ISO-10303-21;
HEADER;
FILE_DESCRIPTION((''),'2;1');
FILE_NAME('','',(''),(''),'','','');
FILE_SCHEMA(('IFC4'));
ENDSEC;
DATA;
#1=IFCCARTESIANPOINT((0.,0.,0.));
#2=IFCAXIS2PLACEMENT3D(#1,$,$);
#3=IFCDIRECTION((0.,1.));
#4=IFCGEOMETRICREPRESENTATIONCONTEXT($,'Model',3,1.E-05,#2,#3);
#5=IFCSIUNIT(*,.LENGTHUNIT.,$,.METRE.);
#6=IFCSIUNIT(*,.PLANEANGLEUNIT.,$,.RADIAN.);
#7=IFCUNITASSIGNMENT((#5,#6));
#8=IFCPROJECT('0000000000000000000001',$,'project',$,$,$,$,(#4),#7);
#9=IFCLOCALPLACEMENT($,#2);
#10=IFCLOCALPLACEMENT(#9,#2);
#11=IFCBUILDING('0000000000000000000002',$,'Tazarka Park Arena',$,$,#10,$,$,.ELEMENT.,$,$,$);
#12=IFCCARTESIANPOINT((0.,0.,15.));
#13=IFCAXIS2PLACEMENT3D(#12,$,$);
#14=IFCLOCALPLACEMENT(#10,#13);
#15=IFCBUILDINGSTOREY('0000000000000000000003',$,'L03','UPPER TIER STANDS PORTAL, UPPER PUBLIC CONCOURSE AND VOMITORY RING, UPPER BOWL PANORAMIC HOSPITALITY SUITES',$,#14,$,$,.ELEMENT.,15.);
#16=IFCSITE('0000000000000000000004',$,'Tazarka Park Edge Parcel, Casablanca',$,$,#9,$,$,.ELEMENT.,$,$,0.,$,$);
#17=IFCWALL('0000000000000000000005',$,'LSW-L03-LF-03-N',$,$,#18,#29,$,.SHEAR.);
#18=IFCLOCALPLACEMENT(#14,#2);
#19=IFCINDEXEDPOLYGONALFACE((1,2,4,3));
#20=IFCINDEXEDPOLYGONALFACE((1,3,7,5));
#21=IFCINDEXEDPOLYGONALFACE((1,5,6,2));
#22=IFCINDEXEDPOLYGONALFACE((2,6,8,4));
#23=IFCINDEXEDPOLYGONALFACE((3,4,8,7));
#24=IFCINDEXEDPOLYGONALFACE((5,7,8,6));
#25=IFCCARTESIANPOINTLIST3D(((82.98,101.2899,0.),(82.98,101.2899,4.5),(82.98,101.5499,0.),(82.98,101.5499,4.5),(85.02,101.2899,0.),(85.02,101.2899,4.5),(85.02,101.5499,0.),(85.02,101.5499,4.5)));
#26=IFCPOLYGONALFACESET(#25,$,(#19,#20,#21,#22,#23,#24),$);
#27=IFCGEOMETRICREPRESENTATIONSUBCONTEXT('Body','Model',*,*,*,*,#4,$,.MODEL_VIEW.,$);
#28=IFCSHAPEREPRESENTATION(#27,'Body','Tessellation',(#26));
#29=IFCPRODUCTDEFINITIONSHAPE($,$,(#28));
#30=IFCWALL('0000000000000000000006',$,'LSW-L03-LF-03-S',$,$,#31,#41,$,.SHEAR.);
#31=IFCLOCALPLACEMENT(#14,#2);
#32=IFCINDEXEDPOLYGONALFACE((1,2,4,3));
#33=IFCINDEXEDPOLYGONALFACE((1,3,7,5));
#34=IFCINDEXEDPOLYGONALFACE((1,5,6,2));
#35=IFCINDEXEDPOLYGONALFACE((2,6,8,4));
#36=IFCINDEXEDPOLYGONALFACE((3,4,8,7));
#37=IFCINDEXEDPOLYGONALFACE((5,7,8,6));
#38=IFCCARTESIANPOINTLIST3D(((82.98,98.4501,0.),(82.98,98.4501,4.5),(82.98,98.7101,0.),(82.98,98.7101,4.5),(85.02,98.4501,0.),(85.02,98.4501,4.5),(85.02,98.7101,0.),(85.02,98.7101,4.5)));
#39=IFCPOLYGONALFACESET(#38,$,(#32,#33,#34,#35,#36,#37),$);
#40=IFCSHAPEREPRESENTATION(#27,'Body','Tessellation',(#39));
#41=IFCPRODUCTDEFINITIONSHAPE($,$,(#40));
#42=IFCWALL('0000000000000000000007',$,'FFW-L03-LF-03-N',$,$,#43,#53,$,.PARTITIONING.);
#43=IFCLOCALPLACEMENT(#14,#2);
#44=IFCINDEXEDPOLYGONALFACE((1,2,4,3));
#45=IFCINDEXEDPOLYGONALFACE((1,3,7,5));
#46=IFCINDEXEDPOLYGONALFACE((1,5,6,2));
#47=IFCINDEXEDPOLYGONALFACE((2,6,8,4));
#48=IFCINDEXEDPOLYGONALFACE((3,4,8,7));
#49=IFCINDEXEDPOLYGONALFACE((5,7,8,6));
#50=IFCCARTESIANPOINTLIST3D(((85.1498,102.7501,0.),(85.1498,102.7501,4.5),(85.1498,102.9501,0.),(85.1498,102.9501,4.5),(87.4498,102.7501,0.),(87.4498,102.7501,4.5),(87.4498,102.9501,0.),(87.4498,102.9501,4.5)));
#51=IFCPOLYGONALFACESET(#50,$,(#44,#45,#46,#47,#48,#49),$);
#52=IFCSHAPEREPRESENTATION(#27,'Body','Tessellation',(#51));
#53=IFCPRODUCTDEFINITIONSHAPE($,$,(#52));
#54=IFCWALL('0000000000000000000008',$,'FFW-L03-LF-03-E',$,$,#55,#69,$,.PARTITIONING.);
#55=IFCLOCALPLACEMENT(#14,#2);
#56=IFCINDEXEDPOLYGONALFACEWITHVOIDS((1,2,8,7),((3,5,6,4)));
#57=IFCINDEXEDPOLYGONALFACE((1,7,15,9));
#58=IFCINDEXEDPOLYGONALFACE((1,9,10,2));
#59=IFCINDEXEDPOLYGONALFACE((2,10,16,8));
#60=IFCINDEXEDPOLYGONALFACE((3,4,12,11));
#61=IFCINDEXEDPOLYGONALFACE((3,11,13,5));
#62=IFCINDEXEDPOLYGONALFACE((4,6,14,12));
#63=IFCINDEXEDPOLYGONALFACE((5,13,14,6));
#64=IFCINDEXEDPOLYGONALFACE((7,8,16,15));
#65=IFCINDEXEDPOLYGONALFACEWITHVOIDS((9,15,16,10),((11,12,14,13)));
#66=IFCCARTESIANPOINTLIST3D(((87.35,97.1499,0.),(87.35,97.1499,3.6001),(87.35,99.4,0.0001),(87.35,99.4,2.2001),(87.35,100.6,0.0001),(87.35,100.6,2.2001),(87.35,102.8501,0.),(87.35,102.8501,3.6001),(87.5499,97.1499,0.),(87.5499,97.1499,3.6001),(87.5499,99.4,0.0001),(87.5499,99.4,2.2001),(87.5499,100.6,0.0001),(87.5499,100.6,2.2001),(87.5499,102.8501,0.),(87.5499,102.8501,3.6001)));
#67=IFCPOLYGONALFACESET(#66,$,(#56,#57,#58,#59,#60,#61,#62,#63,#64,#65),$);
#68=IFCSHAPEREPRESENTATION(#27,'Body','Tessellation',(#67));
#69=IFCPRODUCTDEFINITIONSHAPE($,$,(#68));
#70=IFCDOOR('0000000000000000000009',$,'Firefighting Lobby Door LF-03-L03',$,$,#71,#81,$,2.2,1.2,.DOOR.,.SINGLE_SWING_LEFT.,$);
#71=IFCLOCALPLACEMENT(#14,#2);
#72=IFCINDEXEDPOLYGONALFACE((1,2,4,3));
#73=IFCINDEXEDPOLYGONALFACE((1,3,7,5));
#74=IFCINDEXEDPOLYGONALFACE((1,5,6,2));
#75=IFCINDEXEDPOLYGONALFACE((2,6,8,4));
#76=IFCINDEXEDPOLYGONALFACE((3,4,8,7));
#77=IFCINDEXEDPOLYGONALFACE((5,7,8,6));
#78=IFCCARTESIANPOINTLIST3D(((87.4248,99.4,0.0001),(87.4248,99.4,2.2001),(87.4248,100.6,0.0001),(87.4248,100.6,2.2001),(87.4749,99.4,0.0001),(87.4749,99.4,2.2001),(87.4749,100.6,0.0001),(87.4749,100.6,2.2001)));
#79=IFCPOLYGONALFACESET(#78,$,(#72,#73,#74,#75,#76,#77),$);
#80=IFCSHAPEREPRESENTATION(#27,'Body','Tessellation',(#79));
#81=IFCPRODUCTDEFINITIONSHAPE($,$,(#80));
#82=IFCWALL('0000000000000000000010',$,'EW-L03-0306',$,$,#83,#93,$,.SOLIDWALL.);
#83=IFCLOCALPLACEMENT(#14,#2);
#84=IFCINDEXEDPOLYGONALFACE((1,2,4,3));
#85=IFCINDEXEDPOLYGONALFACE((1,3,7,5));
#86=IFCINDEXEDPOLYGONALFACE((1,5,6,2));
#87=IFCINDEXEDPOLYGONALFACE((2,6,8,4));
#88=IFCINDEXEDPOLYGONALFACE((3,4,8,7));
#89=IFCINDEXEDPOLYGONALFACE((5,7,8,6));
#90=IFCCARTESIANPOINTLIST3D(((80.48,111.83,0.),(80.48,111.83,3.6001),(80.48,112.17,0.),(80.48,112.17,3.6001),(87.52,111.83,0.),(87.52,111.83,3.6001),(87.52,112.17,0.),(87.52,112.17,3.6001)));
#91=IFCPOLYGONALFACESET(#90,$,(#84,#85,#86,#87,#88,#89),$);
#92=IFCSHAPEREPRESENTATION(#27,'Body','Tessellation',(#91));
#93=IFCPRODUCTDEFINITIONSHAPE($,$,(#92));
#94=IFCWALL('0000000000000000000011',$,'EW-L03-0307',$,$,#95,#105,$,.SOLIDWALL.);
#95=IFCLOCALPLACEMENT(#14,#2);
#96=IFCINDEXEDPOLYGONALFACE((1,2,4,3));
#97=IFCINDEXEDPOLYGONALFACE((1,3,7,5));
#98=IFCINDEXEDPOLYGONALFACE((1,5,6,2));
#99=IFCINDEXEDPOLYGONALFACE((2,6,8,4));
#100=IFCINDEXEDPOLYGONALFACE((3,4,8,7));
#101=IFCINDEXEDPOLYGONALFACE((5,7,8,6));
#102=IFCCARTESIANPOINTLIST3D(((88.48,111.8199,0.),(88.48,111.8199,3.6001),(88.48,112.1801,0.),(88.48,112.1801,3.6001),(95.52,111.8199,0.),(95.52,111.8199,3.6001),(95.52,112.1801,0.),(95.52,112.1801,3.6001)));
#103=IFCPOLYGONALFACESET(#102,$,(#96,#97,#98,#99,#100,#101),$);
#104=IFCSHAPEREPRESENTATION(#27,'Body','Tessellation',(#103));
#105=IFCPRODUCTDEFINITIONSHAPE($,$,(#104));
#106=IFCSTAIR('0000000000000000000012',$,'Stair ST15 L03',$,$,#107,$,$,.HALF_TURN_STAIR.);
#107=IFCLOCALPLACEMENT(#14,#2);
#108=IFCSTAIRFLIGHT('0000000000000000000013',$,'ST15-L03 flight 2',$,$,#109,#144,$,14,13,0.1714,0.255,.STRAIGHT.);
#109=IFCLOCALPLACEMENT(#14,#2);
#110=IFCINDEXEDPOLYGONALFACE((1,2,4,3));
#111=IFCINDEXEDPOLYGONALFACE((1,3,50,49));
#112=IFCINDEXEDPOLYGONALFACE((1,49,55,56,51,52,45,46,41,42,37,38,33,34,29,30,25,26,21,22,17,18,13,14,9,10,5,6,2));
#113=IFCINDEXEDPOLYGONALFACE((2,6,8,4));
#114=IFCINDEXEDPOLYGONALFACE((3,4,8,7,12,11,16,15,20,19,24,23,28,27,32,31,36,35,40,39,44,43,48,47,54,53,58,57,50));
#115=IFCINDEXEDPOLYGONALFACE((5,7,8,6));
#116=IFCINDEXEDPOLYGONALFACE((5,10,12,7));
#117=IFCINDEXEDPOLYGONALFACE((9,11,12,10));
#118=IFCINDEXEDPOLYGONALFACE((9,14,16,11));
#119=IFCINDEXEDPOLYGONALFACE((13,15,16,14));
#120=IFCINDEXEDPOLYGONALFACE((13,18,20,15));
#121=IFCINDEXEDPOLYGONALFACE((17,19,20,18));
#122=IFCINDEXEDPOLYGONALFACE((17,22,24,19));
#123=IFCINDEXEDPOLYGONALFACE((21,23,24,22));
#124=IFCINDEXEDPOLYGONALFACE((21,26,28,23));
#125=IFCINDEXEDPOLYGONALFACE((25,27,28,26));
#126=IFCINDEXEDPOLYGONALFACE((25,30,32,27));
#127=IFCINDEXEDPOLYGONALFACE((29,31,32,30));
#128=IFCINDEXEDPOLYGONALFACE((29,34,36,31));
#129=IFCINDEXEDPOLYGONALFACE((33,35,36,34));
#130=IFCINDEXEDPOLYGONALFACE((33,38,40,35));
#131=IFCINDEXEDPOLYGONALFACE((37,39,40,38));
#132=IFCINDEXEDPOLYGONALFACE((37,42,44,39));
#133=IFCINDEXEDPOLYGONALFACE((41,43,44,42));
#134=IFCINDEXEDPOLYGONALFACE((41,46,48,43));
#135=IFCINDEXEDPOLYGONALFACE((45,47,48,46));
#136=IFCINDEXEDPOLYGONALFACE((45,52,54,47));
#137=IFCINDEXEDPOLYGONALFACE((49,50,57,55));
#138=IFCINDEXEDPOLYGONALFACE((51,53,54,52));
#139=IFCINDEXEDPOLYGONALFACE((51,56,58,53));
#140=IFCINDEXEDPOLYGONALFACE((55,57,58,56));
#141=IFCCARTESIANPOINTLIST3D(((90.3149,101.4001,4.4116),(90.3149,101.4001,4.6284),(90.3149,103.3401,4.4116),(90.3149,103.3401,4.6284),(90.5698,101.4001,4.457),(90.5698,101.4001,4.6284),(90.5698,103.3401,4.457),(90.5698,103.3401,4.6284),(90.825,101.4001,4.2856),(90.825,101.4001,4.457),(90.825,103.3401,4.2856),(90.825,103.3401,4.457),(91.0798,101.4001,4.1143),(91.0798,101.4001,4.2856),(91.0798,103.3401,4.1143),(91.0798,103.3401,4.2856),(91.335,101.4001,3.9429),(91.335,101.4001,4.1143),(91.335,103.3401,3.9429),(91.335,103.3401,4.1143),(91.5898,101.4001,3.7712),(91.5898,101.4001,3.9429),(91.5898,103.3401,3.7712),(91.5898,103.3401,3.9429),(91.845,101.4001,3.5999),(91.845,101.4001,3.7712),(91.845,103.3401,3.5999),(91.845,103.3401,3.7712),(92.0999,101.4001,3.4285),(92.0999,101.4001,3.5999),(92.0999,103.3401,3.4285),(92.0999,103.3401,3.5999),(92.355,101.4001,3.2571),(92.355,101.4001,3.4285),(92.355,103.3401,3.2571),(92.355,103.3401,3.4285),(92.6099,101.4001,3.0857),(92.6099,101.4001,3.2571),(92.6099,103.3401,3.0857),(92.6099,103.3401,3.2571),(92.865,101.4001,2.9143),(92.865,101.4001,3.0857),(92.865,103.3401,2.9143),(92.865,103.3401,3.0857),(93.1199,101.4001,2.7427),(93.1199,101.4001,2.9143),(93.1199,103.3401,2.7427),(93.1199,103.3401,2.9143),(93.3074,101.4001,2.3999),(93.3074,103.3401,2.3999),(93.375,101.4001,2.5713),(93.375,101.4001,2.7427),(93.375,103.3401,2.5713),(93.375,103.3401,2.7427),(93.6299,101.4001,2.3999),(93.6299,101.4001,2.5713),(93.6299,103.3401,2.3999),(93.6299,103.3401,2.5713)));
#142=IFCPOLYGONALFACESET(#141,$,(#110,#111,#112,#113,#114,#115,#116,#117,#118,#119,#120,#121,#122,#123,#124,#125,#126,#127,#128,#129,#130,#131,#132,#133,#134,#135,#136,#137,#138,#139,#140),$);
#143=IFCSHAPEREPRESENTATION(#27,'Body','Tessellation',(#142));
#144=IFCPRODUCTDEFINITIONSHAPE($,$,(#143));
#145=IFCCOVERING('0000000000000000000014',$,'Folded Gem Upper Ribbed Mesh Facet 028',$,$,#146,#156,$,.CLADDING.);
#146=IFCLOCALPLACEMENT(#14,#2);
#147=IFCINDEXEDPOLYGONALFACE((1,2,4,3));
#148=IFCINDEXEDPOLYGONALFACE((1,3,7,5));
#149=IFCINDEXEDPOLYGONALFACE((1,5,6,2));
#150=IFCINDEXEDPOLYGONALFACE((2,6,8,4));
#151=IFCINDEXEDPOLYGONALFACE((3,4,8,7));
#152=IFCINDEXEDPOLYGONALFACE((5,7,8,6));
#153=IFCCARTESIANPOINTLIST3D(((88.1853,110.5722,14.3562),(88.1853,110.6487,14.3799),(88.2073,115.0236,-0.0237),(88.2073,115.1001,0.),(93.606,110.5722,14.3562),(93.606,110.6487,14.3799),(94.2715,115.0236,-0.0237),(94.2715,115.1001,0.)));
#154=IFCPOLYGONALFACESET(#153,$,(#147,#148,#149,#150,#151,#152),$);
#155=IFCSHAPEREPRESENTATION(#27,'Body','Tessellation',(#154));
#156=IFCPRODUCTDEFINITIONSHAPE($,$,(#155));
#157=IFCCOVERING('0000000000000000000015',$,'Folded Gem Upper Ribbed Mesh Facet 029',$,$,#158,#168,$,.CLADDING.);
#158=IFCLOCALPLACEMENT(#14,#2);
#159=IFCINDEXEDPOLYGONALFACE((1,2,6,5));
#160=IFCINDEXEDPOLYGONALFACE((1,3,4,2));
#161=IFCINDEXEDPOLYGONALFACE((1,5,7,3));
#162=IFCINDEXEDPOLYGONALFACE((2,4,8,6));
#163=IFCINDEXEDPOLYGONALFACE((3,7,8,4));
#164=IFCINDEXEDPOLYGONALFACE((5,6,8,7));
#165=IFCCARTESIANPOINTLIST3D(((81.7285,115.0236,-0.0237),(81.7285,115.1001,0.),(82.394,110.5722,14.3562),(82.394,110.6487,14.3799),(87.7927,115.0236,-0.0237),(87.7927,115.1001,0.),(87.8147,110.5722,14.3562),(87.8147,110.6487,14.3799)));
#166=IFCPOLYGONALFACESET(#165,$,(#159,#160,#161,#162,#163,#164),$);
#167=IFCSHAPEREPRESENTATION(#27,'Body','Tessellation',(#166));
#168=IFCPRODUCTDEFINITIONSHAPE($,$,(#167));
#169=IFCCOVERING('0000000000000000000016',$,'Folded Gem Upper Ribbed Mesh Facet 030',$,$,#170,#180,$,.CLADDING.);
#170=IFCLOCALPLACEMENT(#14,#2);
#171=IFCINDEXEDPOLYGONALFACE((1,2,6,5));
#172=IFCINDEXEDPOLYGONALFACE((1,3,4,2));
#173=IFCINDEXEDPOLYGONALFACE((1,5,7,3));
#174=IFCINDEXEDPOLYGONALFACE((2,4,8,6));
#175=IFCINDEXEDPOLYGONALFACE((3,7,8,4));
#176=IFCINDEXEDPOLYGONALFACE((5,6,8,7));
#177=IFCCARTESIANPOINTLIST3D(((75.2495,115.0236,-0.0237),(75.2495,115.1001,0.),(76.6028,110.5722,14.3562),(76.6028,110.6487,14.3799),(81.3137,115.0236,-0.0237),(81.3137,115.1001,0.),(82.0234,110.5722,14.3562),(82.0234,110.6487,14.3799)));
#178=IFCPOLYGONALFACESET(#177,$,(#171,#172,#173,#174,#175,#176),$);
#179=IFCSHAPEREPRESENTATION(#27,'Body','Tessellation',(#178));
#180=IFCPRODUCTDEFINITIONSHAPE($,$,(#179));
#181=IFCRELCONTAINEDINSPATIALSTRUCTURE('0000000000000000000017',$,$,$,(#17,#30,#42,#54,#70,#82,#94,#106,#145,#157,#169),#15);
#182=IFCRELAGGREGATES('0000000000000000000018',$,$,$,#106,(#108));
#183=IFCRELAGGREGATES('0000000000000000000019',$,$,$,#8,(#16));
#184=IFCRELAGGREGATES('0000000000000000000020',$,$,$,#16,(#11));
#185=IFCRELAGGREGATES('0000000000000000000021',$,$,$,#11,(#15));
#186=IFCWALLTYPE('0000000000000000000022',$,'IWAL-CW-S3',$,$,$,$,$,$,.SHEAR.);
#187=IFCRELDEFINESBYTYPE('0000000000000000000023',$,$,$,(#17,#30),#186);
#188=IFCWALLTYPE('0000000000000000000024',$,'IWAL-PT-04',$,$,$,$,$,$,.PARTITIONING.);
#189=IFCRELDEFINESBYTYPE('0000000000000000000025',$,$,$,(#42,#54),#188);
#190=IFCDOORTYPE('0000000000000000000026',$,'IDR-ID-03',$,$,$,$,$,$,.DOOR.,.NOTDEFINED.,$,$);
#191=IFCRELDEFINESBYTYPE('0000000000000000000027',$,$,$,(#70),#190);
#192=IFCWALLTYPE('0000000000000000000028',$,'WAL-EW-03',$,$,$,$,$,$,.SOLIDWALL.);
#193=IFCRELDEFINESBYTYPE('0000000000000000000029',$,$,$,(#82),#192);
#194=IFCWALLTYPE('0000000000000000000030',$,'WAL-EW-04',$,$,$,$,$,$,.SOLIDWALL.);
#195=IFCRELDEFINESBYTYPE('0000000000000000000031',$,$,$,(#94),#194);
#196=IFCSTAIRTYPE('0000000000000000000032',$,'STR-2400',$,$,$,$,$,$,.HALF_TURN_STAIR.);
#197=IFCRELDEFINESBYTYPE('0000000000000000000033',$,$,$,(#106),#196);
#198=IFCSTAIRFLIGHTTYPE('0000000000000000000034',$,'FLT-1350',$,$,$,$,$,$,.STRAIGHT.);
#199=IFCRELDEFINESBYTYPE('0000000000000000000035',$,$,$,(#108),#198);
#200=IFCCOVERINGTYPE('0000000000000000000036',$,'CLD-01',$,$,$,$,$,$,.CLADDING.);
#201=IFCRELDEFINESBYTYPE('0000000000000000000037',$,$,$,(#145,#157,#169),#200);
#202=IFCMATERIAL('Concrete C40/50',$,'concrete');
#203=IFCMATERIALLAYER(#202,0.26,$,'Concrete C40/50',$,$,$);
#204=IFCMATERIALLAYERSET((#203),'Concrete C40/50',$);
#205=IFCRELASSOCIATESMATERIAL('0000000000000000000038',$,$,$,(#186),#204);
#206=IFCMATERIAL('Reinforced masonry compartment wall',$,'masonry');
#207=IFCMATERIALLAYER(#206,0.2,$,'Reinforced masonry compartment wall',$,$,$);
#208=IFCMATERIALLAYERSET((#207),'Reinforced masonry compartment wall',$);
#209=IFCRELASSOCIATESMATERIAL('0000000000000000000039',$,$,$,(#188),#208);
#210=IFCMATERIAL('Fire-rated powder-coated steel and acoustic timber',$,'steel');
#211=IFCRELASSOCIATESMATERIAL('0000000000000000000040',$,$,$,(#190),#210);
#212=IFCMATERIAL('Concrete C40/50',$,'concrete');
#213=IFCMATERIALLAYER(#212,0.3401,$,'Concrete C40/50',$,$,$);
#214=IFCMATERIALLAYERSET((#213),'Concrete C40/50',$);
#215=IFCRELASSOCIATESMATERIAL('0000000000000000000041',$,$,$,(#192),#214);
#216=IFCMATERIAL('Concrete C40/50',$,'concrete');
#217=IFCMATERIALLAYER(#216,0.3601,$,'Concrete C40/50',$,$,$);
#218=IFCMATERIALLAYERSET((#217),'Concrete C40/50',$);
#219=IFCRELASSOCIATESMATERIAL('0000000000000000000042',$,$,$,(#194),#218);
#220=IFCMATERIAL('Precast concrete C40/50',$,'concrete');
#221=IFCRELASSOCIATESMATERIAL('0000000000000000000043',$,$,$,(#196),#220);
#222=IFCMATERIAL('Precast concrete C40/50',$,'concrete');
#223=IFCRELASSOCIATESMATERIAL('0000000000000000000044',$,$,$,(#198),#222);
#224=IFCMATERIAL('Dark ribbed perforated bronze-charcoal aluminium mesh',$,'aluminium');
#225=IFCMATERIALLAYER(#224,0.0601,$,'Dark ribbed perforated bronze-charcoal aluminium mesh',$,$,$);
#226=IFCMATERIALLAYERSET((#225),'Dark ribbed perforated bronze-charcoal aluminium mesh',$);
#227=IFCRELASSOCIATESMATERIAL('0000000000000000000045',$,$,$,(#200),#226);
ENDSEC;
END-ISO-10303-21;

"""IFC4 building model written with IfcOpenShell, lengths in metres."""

from ifc_helpers import new_model, si_unit, direction, frame, frame_2d, origin, place, context, subcontext, project, spatial, polyline, rectangle, outline, extrude, material, layer, layer_set, type_object, element, fill, aggregate, save


model = new_model("IFC4")

# Units and contexts
model_context = context("Model", 3, precision=1e-05, world=origin(), true_north=direction((0.0, 1.0)))
body_context = subcontext(model_context, "Body", "Model", "MODEL_VIEW")
ifc_project = project(units=[si_unit("LENGTHUNIT", "METRE"), si_unit("PLANEANGLEUNIT", "RADIAN")], contexts=[model_context])

# Site, building, storey
site_placement = place(None, origin())
site = spatial("IfcSite", under=ifc_project, at=site_placement, Name="Tazarka Park Edge Parcel, Casablanca", CompositionType="ELEMENT", RefElevation=0.0)
building_placement = place(site_placement, origin())
building = spatial("IfcBuilding", under=site, at=building_placement, Name="Tazarka Park Arena", CompositionType="ELEMENT")
storey_placement = place(building_placement, frame((0.0, 0.0, 15.0)))
storey = spatial("IfcBuildingStorey", under=building, at=storey_placement, Name="L03", Description="UPPER TIER STANDS PORTAL, UPPER PUBLIC CONCOURSE AND VOMITORY RING, UPPER BOWL PANORAMIC HOSPITALITY SUITES", CompositionType="ELEMENT", Elevation=15.0)

# Walls
ifc_material_1 = material(Name="Concrete C40/50", Category="concrete")
ifc_layer_1 = layer(ifc_material_1, 0.26, Name="Concrete C40/50")
ifc_layer_set_1 = layer_set([ifc_layer_1], Name="Concrete C40/50")
wall_type_1 = type_object("IfcWallType", Name="IWAL-CW-S3", PredefinedType="SHEAR", material=ifc_layer_set_1)
for number, where, z_axis, x_axis, name in (
    (1, (82.98, 101.4199, 0.0), (0.0, 0.0, 1.0), (1.0, 0.0, 0.0), "LSW-L03-LF-03-N"),
    (2, (85.02, 98.5801, 0.0), (0.0, 0.0, 1.0), (-1.0, 0.0, 0.0), "LSW-L03-LF-03-S"),
):
    element("IfcWall", number, at=place(storey_placement, frame(where, z_axis=z_axis, x_axis=x_axis)), inside=storey, type_object=wall_type_1, Name=name, PredefinedType="SHEAR", context=body_context, shape_type="SweptSolid", body=[
        extrude(rectangle(XDim=2.04, YDim=0.26, at=frame_2d((1.02, 0.0))), origin(), (0.0, 0.0, 1.0), 4.5),
    ])

# Wall
ifc_material_2 = material(Name="Reinforced masonry compartment wall", Category="masonry")
ifc_layer_2 = layer(ifc_material_2, 0.2, Name="Reinforced masonry compartment wall")
ifc_layer_set_2 = layer_set([ifc_layer_2], Name="Reinforced masonry compartment wall")
wall_type_2 = type_object("IfcWallType", Name="IWAL-PT-04", PredefinedType="PARTITIONING", material=ifc_layer_set_2)
wall_1_placement = place(storey_placement, frame((85.1499, 102.8501, 0.0), z_axis=(0.0, 0.0, 1.0), x_axis=(1.0, 0.0, 0.0)))
element("IfcWall", 3, at=wall_1_placement, inside=storey, type_object=wall_type_2, Name="FFW-L03-LF-03-N", PredefinedType="PARTITIONING", context=body_context, shape_type="SweptSolid", body=[
    extrude(rectangle(XDim=2.3, YDim=0.2, at=frame_2d((1.1499, 0.0))), origin(), (0.0, 0.0, 1.0), 4.5),
])

# Wall, opening, door
wall_2_placement = place(storey_placement, frame((87.45, 102.8501, 0.0), z_axis=(0.0, 0.0, 1.0), x_axis=(0.0, -1.0, 0.0)))
wall_2 = element("IfcWall", 4, at=wall_2_placement, inside=storey, type_object=wall_type_2, Name="FFW-L03-LF-03-E", PredefinedType="PARTITIONING", context=body_context, shape_type="SweptSolid", body=[
    extrude(rectangle(XDim=5.7002, YDim=0.2, at=frame_2d((2.8501, 0.0))), origin(), (0.0, 0.0, 1.0), 3.6001),
])
opening_1_placement = place(wall_2_placement, frame((2.25, 0.0, 0.0)))
opening_1 = element("IfcOpeningElement", 5, at=opening_1_placement, cuts=wall_2, PredefinedType="OPENING", context=body_context, shape_type="SweptSolid", body=[
    extrude(rectangle(XDim=1.2, YDim=2.2, at=frame_2d((0.6001, 1.1001))), frame((0.0, 0.1099, 0.0), z_axis=(0.0, -1.0, 0.0), x_axis=(1.0, 0.0, 0.0)), (0.0, 0.0, 1.0), 0.22),
])
ifc_material_3 = material(Name="Fire-rated powder-coated steel and acoustic timber", Category="steel")
door_type_1 = type_object("IfcDoorType", Name="IDR-ID-03", OperationType="NOTDEFINED", PredefinedType="DOOR", material=ifc_material_3)
door_1_placement = place(opening_1_placement, origin())
door_1 = element("IfcDoor", 6, at=door_1_placement, inside=storey, type_object=door_type_1, Name="Firefighting Lobby Door LF-03-L03", OperationType="SINGLE_SWING_LEFT", OverallHeight=2.2, OverallWidth=1.2, PredefinedType="DOOR", context=body_context, shape_type="SweptSolid", body=[
    extrude(rectangle(XDim=1.2, YDim=2.2, at=frame_2d((0.6001, 1.1001))), frame((0.0, 0.0249, 0.0), z_axis=(0.0, -1.0, 0.0), x_axis=(1.0, 0.0, 0.0)), (0.0, 0.0, 1.0), 0.05),
])
fill(opening_1, door_1)

# Walls
ifc_material_4 = material(Name="Concrete C40/50", Category="concrete")
ifc_layer_3 = layer(ifc_material_4, 0.3401, Name="Concrete C40/50")
ifc_layer_set_3 = layer_set([ifc_layer_3], Name="Concrete C40/50")
wall_type_3 = type_object("IfcWallType", Name="WAL-EW-03", PredefinedType="SOLIDWALL", material=ifc_layer_set_3)
wall_3_placement = place(storey_placement, frame((80.48, 112.0, 0.0), z_axis=(0.0, 0.0, 1.0), x_axis=(1.0, 0.0, 0.0)))
element("IfcWall", 7, at=wall_3_placement, inside=storey, type_object=wall_type_3, Name="EW-L03-0306", PredefinedType="SOLIDWALL", context=body_context, shape_type="SweptSolid", body=[
    extrude(rectangle(XDim=7.04, YDim=0.3401, at=frame_2d((3.52, 0.0))), origin(), (0.0, 0.0, 1.0), 3.6001),
])
ifc_material_5 = material(Name="Concrete C40/50", Category="concrete")
ifc_layer_4 = layer(ifc_material_5, 0.3601, Name="Concrete C40/50")
ifc_layer_set_4 = layer_set([ifc_layer_4], Name="Concrete C40/50")
wall_type_4 = type_object("IfcWallType", Name="WAL-EW-04", PredefinedType="SOLIDWALL", material=ifc_layer_set_4)
wall_4_placement = place(storey_placement, frame((88.48, 112.0, 0.0), z_axis=(0.0, 0.0, 1.0), x_axis=(1.0, 0.0, 0.0)))
element("IfcWall", 8, at=wall_4_placement, inside=storey, type_object=wall_type_4, Name="EW-L03-0307", PredefinedType="SOLIDWALL", context=body_context, shape_type="SweptSolid", body=[
    extrude(rectangle(XDim=7.04, YDim=0.3601, at=frame_2d((3.52, 0.0))), origin(), (0.0, 0.0, 1.0), 3.6001),
])

# Stair, stair flight
ifc_material_6 = material(Name="Precast concrete C40/50", Category="concrete")
stair_type = type_object("IfcStairType", Name="STR-2400", PredefinedType="HALF_TURN_STAIR", material=ifc_material_6)
stair_placement = place(storey_placement, origin())
stair = element("IfcStair", 9, at=stair_placement, inside=storey, type_object=stair_type, Name="Stair ST15 L03", PredefinedType="HALF_TURN_STAIR")
ifc_material_7 = material(Name="Precast concrete C40/50", Category="concrete")
stair_flight_type = type_object("IfcStairFlightType", Name="FLT-1350", PredefinedType="STRAIGHT", material=ifc_material_7)
stair_flight_placement = place(storey_placement, frame((93.6299, 102.3701, 2.3999), z_axis=(0.0, 0.0, 1.0), x_axis=(-1.0, 0.0, 0.0)))
stair_flight = element("IfcStairFlight", 10, at=stair_flight_placement, type_object=stair_flight_type, Name="ST15-L03 flight 2", NumberOfRisers=14, NumberOfTreads=13, PredefinedType="STRAIGHT", RiserHeight=0.1714, TreadLength=0.255, context=body_context, shape_type="SweptSolid", body=[
    extrude(outline(polyline([(0.0, 0.0), (0.0, 0.1714), (0.2549, 0.1714), (0.2549, 0.3428), (0.51, 0.3428), (0.51, 0.5144), (0.7649, 0.5144), (0.7649, 0.6858), (1.02, 0.6858), (1.02, 0.8572), (1.2749, 0.8572), (1.2749, 1.0286), (1.53, 1.0286), (1.53, 1.2), (1.7849, 1.2), (1.7849, 1.3713), (2.04, 1.3713), (2.04, 1.543), (2.2949, 1.543), (2.2949, 1.7144), (2.55, 1.7144), (2.55, 1.8857), (2.8049, 1.8857), (2.8049, 2.0571), (3.0601, 2.0571), (3.0601, 2.2285), (3.3149, 2.2285), (3.3149, 2.3999), (3.3149, 2.0117), (0.3225, 0.0), (0.0, 0.0)])), frame((0.0, 0.97, 0.0), z_axis=(0.0, -1.0, 0.0), x_axis=(1.0, 0.0, 0.0)), (0.0, 0.0, 1.0), 1.9399),
])
aggregate(stair, [stair_flight])

# Coverings
ifc_material_8 = material(Name="Dark ribbed perforated bronze-charcoal aluminium mesh", Category="aluminium")
ifc_layer_5 = layer(ifc_material_8, 0.0601, Name="Dark ribbed perforated bronze-charcoal aluminium mesh")
ifc_layer_set_5 = layer_set([ifc_layer_5], Name="Dark ribbed perforated bronze-charcoal aluminium mesh")
covering_type = type_object("IfcCoveringType", Name="CLD-01", PredefinedType="CLADDING", material=ifc_layer_set_5)
covering_1_placement = place(storey_placement, frame((94.2715, 115.1001, 0.0), z_axis=(0.0, 0.955277, 0.295714), x_axis=(-1.0, 0.0, 0.0)))
element("IfcCovering", 11, at=covering_1_placement, inside=storey, type_object=covering_type, Name="Folded Gem Upper Ribbed Mesh Facet 028", PredefinedType="CLADDING", context=body_context, shape_type="SweptSolid", body=[
    extrude(outline(polyline([(0.0, 0.0), (6.0642, 0.0), (6.0862, 15.0531), (0.6655, 15.0531), (0.0, 0.0)])), origin(), (0.0, 0.0, -1.0), 0.0801),
])
covering_2_placement = place(storey_placement, frame((87.7927, 115.1001, 0.0), z_axis=(0.0, 0.955277, 0.295714), x_axis=(-1.0, 0.0, 0.0)))
element("IfcCovering", 12, at=covering_2_placement, inside=storey, type_object=covering_type, Name="Folded Gem Upper Ribbed Mesh Facet 029", PredefinedType="CLADDING", context=body_context, shape_type="SweptSolid", body=[
    extrude(outline(polyline([(0.0, 0.0), (6.0642, 0.0), (5.3987, 15.0531), (-0.022, 15.0531), (0.0, 0.0)])), origin(), (0.0, 0.0, -1.0), 0.0801),
])
covering_3_placement = place(storey_placement, frame((81.3137, 115.1001, 0.0), z_axis=(0.0, 0.955277, 0.295714), x_axis=(-1.0, 0.0, 0.0)))
element("IfcCovering", 13, at=covering_3_placement, inside=storey, type_object=covering_type, Name="Folded Gem Upper Ribbed Mesh Facet 030", PredefinedType="CLADDING", context=body_context, shape_type="SweptSolid", body=[
    extrude(outline(polyline([(0.0, 0.0), (6.0642, 0.0), (4.7109, 15.0531), (-0.7097, 15.0531), (0.0, 0.0)])), origin(), (0.0, 0.0, -1.0), 0.0801),
])

save(model, "model.ifc")
